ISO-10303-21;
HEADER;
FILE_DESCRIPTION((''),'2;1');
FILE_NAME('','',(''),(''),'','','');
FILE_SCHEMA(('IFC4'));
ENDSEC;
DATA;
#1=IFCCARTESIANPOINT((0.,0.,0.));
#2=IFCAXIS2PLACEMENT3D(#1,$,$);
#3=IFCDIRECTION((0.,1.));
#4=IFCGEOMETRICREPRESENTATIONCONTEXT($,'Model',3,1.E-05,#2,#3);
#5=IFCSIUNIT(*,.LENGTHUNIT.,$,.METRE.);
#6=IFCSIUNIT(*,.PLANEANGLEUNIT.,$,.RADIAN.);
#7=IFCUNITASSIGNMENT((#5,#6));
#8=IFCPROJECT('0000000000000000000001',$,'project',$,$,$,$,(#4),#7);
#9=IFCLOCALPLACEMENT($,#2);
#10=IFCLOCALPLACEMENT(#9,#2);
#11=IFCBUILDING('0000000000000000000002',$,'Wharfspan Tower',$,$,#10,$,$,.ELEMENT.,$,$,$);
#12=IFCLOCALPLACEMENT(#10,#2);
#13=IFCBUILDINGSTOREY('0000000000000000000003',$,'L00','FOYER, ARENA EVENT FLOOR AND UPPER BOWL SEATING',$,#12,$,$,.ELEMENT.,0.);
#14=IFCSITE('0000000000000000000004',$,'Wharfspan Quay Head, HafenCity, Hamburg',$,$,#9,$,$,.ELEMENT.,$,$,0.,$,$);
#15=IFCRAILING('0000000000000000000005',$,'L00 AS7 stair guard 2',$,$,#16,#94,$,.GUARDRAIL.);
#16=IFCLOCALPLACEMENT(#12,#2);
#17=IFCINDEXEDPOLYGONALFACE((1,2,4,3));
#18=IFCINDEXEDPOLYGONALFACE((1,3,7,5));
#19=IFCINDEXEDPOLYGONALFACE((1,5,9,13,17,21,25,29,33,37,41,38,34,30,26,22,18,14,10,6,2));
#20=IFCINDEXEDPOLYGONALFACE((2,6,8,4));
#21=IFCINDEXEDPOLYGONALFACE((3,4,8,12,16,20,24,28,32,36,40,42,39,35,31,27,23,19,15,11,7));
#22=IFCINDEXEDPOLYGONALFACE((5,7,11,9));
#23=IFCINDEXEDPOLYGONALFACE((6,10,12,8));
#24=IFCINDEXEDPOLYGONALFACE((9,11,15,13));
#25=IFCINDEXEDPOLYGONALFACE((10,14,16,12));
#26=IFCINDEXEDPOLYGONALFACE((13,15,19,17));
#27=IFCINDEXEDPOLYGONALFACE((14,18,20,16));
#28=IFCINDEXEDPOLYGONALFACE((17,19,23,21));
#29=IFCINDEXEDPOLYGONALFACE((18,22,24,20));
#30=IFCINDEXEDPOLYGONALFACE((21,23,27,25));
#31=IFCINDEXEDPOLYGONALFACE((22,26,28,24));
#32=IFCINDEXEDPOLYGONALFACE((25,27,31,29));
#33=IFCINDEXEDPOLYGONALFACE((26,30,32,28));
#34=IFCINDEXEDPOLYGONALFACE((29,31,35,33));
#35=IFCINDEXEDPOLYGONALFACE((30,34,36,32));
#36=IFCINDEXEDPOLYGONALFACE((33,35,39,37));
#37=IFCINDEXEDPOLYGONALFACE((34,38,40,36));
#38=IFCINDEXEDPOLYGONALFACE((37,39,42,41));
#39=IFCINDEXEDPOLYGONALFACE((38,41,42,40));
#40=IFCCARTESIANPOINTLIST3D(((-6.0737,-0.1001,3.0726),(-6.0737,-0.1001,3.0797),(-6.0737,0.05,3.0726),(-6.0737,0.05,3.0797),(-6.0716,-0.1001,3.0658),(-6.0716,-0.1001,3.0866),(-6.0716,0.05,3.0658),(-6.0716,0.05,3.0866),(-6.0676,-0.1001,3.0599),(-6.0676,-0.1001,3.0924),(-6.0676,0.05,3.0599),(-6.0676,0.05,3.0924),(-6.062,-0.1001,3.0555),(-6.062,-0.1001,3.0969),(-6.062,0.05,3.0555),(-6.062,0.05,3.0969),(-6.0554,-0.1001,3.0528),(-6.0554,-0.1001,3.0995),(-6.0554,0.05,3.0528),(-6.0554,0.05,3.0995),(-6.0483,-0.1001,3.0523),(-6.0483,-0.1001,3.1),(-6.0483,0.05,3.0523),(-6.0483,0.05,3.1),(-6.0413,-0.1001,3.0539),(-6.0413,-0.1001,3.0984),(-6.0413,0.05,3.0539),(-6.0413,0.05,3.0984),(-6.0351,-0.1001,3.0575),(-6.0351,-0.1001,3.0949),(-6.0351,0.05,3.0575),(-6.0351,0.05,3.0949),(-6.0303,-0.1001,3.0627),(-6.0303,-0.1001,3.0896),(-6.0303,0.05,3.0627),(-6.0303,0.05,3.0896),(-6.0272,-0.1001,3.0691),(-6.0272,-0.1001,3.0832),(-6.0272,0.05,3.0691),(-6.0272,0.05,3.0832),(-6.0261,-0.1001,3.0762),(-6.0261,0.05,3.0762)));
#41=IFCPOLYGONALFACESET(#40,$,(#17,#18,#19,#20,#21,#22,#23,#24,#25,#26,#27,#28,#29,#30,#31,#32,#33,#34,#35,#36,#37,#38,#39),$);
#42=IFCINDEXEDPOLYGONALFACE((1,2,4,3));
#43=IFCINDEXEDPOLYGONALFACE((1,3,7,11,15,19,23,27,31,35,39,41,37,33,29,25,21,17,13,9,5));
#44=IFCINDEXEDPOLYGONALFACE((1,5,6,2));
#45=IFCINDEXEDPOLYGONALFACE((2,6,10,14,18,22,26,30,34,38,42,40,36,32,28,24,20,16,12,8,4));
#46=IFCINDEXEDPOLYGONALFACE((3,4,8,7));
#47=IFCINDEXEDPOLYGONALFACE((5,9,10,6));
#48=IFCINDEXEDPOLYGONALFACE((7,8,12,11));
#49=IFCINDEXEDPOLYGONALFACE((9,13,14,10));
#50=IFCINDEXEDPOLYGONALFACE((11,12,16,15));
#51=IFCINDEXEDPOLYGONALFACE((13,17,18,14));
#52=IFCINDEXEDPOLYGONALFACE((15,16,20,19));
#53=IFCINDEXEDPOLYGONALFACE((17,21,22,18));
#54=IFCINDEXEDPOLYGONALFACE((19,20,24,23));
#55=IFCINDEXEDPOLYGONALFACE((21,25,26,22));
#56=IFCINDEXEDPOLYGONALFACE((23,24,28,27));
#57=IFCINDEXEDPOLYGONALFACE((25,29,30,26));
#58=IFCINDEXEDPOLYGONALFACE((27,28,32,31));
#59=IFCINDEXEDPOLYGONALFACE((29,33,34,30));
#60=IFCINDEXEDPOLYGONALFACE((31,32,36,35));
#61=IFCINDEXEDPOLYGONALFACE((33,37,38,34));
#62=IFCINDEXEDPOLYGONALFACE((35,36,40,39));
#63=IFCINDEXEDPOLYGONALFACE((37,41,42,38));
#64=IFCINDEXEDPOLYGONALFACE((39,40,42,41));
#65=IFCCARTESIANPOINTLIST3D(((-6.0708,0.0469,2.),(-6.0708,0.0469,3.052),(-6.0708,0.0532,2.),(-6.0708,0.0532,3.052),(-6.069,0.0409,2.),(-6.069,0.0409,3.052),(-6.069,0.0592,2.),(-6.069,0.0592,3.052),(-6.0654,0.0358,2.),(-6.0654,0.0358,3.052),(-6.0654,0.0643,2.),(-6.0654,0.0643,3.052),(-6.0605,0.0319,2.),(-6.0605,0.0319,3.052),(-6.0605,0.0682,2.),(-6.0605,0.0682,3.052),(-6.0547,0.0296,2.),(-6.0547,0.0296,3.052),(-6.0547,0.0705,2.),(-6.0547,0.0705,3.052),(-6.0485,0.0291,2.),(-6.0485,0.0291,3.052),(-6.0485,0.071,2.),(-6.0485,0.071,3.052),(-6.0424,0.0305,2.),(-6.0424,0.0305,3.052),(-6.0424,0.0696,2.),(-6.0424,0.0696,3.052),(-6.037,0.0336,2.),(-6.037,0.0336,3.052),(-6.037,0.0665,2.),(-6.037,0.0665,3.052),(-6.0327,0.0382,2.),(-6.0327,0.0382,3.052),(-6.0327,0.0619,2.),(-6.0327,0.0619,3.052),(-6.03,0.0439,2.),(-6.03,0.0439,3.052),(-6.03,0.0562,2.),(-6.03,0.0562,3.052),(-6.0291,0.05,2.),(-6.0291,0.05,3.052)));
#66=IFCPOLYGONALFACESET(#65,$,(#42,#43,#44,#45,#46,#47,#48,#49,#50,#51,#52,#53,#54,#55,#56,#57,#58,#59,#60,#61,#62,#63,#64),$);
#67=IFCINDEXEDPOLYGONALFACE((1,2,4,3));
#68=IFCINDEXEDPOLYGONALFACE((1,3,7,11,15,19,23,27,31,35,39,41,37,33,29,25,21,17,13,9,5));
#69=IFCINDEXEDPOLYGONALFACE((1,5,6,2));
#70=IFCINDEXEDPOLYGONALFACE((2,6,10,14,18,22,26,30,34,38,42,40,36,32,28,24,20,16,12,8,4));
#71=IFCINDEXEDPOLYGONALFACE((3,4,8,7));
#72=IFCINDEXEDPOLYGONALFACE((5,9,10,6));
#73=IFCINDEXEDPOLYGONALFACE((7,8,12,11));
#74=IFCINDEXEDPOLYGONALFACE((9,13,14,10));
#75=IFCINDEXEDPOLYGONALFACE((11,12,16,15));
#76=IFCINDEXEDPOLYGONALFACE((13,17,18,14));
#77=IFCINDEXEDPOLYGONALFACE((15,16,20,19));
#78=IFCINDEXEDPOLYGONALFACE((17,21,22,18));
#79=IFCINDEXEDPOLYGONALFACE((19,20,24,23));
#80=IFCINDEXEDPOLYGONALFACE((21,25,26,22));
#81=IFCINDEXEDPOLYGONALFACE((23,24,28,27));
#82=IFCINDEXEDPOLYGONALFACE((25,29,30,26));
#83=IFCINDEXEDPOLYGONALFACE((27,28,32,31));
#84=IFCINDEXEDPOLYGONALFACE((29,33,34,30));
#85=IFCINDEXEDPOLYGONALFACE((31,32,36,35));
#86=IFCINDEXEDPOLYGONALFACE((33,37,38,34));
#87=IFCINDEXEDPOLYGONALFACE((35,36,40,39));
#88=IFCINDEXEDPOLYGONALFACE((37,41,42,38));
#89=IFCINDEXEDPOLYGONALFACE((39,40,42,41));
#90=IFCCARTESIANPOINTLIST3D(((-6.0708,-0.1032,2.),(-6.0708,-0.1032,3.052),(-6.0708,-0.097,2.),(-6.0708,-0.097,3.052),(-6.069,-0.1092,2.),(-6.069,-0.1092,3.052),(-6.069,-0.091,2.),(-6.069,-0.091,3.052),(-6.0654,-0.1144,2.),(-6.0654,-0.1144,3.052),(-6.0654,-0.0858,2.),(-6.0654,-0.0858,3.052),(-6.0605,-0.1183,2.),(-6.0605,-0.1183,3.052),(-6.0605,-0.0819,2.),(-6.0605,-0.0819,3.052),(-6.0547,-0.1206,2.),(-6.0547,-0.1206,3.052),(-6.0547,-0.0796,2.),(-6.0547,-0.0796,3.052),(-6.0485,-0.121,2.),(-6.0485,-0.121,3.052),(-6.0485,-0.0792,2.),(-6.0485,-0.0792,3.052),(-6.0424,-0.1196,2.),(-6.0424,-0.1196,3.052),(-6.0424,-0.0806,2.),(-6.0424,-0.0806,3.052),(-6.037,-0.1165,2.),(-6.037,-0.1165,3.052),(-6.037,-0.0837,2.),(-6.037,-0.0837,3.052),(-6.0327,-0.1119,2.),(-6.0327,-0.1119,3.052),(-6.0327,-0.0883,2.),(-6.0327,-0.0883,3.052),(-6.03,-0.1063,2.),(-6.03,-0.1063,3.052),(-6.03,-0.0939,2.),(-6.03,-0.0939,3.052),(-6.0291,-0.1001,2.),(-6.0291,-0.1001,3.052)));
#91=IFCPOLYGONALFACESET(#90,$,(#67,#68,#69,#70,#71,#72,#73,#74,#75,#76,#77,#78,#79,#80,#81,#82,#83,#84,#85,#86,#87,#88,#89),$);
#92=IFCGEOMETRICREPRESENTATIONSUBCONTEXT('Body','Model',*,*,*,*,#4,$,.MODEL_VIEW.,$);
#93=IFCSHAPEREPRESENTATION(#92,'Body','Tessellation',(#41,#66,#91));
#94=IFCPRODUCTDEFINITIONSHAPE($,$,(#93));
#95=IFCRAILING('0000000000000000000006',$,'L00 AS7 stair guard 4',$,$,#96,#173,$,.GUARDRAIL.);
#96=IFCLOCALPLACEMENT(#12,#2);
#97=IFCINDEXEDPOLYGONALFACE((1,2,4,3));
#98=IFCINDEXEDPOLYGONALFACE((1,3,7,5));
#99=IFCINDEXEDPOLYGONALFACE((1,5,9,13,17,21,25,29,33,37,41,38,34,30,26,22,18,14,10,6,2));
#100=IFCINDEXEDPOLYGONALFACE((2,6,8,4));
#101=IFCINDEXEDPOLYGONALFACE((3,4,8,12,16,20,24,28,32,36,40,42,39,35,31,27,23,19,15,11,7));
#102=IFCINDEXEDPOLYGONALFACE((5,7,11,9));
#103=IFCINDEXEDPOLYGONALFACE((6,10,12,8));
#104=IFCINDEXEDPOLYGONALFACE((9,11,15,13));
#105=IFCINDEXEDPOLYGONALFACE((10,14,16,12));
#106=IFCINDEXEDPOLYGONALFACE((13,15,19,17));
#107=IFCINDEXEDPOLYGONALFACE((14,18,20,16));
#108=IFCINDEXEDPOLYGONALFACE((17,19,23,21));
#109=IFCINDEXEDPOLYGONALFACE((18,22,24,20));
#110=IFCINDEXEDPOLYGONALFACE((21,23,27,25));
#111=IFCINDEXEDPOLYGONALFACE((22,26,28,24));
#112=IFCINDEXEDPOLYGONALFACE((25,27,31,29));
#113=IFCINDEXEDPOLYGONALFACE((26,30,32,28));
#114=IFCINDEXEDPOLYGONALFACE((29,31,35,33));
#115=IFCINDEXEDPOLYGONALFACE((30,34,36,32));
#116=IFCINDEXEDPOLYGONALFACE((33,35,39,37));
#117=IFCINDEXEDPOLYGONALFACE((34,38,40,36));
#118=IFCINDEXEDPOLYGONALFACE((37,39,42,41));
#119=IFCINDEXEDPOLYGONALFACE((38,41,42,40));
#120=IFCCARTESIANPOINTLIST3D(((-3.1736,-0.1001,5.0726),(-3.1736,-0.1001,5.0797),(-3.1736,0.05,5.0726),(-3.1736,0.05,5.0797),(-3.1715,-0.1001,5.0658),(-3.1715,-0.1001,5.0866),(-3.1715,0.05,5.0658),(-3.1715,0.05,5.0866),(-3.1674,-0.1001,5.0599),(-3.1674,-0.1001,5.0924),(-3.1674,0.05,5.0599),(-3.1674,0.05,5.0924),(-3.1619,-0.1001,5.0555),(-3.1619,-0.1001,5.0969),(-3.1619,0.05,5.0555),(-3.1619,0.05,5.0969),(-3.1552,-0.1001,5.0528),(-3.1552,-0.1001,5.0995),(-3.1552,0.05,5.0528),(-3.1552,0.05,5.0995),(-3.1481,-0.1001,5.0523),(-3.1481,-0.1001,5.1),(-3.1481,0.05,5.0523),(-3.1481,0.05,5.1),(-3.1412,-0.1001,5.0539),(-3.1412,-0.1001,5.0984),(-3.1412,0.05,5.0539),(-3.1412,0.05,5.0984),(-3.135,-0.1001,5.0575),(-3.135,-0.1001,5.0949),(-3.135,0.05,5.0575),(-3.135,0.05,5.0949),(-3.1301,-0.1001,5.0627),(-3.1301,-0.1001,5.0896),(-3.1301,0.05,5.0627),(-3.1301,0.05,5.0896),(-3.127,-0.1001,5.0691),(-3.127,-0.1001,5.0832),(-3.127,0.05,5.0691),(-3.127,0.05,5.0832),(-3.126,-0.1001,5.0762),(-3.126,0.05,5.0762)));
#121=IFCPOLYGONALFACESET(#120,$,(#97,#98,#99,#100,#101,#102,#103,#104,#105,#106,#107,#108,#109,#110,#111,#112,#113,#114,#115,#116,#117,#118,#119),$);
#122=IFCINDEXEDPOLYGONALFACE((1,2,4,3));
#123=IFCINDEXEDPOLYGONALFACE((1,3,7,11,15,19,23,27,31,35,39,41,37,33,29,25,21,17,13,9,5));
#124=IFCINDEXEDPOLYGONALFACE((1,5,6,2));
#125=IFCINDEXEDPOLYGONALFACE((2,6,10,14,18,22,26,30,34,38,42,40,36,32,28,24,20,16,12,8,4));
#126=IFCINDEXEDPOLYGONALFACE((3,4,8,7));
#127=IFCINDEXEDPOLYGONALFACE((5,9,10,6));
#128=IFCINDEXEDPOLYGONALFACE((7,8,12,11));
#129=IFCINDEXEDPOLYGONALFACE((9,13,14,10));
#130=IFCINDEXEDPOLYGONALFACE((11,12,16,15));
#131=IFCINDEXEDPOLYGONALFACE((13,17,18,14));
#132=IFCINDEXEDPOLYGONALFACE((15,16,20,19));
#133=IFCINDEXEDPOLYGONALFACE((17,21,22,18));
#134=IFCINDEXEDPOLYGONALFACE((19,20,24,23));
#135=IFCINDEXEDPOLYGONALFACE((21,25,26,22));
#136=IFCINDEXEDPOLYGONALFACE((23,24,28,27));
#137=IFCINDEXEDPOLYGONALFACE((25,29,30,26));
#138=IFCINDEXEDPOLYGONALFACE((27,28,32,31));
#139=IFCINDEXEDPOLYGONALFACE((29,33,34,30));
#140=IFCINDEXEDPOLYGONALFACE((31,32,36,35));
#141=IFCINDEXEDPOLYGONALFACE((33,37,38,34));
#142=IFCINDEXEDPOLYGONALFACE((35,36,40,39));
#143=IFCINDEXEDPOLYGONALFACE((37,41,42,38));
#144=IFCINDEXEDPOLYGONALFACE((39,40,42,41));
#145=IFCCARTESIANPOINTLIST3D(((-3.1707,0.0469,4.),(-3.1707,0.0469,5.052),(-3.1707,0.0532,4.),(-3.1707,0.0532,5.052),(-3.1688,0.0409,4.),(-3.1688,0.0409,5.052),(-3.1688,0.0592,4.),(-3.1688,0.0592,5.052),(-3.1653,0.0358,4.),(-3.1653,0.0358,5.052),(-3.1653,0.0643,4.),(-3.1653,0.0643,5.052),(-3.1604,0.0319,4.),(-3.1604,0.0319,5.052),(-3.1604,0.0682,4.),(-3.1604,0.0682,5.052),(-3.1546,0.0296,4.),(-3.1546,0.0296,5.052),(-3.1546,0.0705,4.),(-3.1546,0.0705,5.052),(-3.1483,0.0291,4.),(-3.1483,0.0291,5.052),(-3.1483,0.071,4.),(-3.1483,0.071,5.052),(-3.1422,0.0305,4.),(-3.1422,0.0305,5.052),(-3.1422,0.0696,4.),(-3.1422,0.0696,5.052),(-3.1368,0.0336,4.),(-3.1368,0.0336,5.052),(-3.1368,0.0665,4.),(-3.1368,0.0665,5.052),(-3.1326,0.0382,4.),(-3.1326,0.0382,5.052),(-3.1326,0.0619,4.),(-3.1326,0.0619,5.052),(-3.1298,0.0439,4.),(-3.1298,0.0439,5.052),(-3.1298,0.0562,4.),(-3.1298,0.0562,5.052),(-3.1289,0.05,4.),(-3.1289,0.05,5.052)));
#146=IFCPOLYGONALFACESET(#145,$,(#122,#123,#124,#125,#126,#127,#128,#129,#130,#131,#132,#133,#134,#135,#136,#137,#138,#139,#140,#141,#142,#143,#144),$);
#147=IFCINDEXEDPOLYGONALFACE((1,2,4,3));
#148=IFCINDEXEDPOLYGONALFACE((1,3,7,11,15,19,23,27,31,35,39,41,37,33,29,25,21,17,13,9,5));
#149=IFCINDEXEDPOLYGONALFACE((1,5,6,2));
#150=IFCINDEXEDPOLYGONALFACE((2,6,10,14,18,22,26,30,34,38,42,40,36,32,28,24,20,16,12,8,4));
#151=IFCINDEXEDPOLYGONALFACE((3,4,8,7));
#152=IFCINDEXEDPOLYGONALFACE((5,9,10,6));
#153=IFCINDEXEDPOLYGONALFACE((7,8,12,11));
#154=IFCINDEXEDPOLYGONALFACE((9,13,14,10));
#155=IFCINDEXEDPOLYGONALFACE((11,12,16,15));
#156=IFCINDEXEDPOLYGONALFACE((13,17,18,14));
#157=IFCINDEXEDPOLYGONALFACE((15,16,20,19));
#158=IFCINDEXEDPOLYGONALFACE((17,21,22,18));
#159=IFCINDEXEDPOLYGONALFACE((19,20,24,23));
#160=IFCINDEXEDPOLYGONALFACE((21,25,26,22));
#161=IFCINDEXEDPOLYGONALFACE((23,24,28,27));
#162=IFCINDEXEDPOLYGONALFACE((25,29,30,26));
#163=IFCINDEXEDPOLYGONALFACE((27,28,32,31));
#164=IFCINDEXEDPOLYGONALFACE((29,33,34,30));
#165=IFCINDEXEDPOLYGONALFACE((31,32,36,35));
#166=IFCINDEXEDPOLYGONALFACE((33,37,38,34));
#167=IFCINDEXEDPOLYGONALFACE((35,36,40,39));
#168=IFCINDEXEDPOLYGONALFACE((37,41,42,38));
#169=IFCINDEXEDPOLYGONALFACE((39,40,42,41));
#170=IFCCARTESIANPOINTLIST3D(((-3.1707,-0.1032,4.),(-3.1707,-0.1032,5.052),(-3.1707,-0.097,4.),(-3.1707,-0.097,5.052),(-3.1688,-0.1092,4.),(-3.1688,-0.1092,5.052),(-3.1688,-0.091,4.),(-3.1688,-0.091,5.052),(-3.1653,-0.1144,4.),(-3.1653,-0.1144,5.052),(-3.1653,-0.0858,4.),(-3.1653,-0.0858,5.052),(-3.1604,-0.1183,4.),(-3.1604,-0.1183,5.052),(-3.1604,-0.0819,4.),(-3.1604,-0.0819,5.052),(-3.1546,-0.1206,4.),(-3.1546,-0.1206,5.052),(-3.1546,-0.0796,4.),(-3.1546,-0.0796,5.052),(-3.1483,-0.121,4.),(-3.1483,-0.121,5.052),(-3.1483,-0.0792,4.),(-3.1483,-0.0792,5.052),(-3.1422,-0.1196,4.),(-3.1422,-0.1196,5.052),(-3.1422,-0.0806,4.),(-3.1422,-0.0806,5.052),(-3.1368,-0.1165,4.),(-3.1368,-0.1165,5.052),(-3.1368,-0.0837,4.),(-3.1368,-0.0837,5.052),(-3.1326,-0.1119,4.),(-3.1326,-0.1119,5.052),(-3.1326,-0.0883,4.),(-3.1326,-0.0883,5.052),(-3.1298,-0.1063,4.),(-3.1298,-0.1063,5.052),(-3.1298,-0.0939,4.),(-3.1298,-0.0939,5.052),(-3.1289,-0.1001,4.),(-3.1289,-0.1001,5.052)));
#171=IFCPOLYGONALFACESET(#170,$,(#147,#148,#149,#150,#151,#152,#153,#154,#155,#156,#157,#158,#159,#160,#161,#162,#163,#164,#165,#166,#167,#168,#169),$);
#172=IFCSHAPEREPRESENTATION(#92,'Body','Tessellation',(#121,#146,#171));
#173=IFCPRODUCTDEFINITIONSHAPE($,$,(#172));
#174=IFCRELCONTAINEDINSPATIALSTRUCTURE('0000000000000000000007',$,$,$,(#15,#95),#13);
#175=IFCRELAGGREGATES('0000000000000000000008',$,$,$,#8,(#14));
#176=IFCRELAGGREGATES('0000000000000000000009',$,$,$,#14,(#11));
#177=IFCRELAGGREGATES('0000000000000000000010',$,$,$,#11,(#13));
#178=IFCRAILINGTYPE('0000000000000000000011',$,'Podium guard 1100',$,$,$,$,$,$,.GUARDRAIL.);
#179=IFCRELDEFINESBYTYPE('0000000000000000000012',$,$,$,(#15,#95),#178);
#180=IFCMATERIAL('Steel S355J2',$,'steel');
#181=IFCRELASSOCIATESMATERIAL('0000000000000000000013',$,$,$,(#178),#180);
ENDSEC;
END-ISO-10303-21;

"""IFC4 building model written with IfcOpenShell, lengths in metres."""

from ifc_helpers import new_model, si_unit, direction, frame, origin, origin_2d, place, context, subcontext, project, spatial, circle, extrude, material, type_object, element, save


model = new_model("IFC4")

# Units and contexts
model_context = context("Model", 3, precision=1e-05, world=origin(), true_north=direction((0.0, 1.0)))
body_context = subcontext(model_context, "Body", "Model", "MODEL_VIEW")
ifc_project = project(units=[si_unit("LENGTHUNIT", "METRE"), si_unit("PLANEANGLEUNIT", "RADIAN")], contexts=[model_context])

# Site, building, storey
site_placement = place(None, origin())
site = spatial("IfcSite", under=ifc_project, at=site_placement, Name="Wharfspan Quay Head, HafenCity, Hamburg", CompositionType="ELEMENT", RefElevation=0.0)
building_placement = place(site_placement, origin())
building = spatial("IfcBuilding", under=site, at=building_placement, Name="Wharfspan Tower", CompositionType="ELEMENT")
storey_placement = place(building_placement, origin())
storey = spatial("IfcBuildingStorey", under=building, at=storey_placement, Name="L00", Description="FOYER, ARENA EVENT FLOOR AND UPPER BOWL SEATING", CompositionType="ELEMENT", Elevation=0.0)

# Shared definitions
ifc_material_1 = material(Name="Steel S355J2", Category="steel")

# Railings
railing_type_1 = type_object("IfcRailingType", Name="Podium guard 1100", PredefinedType="GUARDRAIL", material=ifc_material_1)
for number, where, name in (
    (1, (-6.05, 0.05, 2.0), "L00 AS7 stair guard 2"),
    (2, (-3.1499, 0.05, 4.0), "L00 AS7 stair guard 4"),
):
    element("IfcRailing", number, at=place(storey_placement, frame(where)), inside=storey, type_object=railing_type_1, Name=name, PredefinedType="GUARDRAIL", context=body_context, shape_type="SweptSolid", body=[
        extrude(circle(Radius=0.0239, at=origin_2d()), frame((0.0, 0.0, 1.0762), z_axis=(0.0, -1.0, 0.0), x_axis=(1.0, 0.0, 0.0)), (0.0, 0.0, 1.0), 0.1501),
        extrude(circle(Radius=0.021, at=origin_2d()), origin(), (0.0, 0.0, 1.0), 1.052),
        extrude(circle(Radius=0.021, at=origin_2d()), frame((0.0, -0.1501, 0.0)), (0.0, 0.0, 1.0), 1.052),
    ])

save(model, "model.ifc")
